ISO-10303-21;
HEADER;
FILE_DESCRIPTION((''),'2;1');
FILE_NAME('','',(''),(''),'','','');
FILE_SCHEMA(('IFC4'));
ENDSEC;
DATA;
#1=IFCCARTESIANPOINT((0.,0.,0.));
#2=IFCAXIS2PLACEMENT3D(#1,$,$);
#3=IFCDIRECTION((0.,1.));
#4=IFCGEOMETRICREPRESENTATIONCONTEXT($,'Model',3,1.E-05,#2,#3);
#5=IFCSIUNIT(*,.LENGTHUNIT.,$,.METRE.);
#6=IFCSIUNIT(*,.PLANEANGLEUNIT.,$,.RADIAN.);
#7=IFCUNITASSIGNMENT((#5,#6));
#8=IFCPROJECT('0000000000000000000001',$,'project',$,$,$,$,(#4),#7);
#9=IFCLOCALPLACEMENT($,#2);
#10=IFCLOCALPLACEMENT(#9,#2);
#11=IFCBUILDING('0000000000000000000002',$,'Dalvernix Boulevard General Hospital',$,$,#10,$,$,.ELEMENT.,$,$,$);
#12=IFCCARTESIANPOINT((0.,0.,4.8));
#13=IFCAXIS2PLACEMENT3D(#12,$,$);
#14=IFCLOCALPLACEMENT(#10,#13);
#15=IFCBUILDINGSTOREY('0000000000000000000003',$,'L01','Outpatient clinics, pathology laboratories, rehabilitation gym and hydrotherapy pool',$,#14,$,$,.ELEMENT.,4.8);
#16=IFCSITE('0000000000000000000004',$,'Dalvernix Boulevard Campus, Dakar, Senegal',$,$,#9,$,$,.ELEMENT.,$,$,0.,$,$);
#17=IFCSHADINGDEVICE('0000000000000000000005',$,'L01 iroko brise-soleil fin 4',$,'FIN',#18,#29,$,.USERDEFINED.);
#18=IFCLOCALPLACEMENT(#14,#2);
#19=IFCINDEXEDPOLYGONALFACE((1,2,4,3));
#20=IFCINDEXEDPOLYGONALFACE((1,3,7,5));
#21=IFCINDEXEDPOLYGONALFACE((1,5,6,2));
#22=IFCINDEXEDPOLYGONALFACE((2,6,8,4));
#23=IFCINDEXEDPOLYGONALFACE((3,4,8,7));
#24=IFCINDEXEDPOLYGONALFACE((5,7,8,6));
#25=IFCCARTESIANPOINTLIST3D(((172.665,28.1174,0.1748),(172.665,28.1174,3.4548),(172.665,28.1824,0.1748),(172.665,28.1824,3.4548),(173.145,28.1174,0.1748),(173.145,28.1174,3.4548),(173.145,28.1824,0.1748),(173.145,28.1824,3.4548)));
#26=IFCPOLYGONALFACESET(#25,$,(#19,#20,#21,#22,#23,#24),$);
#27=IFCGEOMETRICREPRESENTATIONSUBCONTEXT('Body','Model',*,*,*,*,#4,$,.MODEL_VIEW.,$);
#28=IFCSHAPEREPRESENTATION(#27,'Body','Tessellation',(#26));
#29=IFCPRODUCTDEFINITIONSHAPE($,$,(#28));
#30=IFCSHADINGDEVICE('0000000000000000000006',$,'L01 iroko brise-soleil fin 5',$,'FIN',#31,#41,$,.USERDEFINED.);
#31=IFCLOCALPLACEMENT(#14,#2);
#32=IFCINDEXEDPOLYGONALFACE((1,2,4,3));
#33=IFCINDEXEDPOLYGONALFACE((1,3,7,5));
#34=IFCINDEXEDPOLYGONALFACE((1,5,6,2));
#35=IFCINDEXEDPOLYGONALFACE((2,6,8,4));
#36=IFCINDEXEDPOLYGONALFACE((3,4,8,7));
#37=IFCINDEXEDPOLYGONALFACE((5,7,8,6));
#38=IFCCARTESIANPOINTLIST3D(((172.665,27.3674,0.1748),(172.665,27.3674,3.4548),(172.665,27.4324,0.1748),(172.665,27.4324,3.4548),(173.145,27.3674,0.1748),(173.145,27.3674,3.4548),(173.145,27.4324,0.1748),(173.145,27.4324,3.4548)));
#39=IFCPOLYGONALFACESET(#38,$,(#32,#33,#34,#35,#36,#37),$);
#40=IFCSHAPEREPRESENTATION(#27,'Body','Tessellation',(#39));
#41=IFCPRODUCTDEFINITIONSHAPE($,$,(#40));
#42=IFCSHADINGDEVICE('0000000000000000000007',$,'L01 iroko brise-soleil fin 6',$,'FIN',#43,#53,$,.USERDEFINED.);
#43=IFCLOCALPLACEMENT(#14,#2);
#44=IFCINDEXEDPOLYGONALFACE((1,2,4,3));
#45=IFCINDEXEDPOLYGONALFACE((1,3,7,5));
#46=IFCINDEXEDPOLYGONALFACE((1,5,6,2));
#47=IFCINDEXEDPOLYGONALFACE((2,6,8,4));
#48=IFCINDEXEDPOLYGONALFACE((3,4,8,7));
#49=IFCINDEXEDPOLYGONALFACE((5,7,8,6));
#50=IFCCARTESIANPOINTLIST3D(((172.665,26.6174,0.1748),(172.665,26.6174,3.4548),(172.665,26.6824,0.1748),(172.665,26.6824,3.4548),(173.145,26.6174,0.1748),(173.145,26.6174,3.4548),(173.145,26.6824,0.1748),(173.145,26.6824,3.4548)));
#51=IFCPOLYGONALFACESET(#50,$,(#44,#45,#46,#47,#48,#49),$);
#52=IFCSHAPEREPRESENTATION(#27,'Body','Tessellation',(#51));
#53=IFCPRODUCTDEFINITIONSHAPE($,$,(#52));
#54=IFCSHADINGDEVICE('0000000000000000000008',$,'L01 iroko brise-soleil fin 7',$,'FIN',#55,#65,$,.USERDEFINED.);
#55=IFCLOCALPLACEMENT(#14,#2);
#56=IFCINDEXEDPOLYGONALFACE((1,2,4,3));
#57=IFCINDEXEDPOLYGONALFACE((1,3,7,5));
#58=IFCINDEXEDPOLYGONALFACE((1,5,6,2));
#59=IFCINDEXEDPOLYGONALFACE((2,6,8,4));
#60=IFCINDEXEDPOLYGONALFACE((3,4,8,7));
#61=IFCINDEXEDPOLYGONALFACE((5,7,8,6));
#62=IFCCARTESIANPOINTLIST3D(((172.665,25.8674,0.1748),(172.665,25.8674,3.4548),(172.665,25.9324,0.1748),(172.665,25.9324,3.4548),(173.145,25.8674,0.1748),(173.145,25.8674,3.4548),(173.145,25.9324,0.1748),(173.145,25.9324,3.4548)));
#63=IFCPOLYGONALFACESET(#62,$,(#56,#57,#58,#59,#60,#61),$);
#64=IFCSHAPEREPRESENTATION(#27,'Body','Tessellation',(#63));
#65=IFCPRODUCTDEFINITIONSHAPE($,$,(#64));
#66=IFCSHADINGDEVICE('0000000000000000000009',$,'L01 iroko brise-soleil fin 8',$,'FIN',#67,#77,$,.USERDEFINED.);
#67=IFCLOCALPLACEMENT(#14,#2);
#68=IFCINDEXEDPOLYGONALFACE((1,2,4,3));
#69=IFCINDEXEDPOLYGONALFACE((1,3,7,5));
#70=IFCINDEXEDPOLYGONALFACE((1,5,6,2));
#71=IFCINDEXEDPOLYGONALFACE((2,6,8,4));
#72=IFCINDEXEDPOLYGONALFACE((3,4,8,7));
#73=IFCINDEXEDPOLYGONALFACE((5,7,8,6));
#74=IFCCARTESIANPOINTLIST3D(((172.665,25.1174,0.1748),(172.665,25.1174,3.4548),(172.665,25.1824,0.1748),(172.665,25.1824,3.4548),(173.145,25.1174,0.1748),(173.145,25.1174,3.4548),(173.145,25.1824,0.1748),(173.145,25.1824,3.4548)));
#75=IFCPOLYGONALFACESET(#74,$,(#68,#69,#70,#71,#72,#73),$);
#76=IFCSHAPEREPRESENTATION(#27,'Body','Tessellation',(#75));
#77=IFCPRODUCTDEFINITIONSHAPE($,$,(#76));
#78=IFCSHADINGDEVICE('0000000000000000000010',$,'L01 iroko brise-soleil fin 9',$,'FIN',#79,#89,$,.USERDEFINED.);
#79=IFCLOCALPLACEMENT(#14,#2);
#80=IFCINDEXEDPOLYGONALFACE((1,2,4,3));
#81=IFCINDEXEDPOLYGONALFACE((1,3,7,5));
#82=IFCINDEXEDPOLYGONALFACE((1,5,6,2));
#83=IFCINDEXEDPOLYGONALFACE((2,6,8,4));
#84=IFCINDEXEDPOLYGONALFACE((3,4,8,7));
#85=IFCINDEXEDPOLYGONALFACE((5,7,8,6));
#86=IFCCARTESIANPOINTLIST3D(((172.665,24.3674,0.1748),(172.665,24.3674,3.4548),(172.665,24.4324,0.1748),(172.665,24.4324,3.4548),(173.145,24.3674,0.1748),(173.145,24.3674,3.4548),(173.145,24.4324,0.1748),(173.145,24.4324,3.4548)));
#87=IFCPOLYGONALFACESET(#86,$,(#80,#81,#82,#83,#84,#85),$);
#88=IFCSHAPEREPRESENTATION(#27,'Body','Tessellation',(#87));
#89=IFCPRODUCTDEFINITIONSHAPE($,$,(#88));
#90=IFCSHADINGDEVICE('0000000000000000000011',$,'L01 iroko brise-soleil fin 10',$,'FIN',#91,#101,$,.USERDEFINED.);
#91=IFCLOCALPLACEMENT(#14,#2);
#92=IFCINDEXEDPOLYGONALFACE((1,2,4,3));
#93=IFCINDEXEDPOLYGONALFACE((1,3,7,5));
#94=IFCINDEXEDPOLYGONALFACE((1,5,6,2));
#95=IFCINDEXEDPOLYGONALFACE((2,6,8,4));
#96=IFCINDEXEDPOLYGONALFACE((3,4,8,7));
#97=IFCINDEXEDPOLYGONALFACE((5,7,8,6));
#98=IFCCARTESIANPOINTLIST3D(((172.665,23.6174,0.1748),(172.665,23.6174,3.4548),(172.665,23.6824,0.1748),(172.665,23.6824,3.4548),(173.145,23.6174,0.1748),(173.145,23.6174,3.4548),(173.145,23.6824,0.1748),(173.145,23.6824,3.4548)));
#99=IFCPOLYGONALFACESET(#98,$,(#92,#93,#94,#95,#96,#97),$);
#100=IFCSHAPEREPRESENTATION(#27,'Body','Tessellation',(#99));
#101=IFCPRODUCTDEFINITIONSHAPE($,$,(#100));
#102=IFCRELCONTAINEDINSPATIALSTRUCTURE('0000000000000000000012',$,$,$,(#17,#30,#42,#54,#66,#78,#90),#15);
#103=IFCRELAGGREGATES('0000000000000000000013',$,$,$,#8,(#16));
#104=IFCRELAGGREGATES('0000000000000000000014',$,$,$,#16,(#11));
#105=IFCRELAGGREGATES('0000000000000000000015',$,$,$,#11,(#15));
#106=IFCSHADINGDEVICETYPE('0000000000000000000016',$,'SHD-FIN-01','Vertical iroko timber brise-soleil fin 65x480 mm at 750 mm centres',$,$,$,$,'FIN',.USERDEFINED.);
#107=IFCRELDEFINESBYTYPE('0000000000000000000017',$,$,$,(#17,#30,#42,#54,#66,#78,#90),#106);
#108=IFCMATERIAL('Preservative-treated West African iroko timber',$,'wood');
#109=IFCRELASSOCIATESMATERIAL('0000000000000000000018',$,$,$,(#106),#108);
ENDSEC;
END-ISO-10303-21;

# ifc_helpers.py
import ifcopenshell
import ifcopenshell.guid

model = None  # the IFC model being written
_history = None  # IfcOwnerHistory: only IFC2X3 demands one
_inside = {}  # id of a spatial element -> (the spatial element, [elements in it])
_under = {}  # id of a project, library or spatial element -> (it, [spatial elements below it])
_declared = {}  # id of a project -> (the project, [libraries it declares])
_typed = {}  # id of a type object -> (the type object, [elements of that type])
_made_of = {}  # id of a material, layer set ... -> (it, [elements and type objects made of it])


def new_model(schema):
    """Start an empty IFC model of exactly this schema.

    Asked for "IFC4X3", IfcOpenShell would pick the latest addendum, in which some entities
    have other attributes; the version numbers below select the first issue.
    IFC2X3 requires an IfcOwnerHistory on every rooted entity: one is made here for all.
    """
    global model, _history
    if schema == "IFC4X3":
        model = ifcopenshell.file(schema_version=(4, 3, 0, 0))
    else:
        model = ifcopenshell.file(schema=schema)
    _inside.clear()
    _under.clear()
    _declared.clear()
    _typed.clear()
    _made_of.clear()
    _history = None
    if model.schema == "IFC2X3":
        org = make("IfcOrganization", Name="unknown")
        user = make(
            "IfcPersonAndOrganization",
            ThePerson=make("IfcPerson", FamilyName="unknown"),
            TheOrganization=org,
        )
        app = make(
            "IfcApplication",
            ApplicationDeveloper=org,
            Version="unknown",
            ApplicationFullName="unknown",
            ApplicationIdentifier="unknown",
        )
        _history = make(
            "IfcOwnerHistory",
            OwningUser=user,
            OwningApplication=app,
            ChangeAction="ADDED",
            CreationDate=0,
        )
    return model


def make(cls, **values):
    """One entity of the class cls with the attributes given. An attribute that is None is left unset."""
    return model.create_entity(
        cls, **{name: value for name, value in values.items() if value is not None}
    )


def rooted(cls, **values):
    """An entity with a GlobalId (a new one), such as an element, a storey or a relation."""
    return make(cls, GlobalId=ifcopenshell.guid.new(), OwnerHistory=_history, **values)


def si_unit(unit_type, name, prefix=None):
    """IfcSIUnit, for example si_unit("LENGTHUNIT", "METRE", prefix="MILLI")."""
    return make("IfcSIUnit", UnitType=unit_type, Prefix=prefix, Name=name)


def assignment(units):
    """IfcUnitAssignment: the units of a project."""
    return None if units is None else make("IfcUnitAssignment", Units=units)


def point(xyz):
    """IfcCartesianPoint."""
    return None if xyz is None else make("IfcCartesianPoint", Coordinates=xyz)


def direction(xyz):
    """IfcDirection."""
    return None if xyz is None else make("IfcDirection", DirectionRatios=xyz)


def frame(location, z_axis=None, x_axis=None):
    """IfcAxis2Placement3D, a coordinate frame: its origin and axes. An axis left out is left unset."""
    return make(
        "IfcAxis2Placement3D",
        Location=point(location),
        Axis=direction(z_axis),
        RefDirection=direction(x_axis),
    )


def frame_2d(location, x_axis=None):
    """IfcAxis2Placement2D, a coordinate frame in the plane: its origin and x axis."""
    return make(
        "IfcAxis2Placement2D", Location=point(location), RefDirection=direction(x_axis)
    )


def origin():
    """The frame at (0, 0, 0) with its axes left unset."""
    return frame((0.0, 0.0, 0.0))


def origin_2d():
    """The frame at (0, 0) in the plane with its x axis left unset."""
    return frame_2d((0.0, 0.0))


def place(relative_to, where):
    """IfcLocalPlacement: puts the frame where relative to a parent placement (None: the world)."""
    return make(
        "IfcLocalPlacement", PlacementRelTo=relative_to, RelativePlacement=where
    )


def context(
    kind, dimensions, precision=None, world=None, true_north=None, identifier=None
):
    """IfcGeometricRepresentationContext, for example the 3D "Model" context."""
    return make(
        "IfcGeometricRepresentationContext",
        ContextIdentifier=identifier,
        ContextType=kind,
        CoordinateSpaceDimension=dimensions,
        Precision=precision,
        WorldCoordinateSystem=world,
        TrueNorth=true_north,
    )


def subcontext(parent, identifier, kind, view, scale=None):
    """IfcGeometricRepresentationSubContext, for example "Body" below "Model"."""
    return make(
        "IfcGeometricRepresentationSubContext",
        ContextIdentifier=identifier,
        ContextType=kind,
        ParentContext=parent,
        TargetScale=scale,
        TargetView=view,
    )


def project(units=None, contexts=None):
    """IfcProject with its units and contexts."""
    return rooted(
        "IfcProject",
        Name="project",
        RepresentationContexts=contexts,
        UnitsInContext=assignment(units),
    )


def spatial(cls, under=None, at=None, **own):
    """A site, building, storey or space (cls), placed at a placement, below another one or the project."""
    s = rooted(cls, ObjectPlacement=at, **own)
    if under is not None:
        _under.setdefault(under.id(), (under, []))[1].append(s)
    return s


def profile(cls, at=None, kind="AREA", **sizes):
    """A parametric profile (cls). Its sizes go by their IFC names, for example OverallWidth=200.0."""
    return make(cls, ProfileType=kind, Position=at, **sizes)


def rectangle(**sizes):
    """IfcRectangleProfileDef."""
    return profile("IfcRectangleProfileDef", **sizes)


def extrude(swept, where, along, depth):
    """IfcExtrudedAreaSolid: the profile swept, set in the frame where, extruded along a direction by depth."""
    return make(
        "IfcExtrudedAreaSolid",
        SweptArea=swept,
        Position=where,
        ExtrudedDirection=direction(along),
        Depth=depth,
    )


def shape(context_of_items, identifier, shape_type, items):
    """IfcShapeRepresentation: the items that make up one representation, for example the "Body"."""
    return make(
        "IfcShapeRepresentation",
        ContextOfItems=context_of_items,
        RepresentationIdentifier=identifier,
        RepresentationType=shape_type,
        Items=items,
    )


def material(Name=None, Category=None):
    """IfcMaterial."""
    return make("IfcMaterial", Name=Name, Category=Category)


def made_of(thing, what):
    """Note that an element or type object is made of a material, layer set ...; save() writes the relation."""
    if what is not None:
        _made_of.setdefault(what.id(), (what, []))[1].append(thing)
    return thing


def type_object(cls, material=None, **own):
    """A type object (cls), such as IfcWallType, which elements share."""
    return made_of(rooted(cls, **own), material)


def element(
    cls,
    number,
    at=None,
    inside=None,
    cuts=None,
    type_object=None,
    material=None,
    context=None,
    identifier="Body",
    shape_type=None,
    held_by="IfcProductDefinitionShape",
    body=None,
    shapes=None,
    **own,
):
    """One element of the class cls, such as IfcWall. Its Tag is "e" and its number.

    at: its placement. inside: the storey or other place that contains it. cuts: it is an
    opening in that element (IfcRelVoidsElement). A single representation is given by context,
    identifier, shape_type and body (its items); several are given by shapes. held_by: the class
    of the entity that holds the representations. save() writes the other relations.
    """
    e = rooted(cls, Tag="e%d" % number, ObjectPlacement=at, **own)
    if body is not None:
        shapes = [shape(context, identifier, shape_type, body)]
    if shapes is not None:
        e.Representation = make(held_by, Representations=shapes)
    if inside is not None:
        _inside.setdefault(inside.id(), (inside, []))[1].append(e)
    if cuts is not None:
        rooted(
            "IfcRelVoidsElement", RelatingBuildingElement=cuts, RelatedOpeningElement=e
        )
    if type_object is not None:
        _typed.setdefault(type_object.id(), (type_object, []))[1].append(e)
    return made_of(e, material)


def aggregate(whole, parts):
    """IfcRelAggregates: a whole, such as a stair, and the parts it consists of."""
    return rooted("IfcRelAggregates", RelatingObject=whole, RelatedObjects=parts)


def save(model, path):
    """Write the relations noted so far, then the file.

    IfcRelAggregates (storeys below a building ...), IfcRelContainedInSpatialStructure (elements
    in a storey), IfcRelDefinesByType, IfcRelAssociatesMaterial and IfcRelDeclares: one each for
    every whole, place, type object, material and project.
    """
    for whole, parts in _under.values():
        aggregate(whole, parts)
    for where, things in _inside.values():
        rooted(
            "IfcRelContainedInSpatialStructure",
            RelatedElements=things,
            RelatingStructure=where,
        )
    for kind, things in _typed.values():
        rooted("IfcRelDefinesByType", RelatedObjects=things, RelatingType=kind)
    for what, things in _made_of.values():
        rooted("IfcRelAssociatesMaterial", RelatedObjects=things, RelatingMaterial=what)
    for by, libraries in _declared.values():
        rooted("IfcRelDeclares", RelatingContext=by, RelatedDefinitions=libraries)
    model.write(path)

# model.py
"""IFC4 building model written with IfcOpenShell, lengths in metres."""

from ifc_helpers import new_model, si_unit, direction, frame, origin, origin_2d, place, context, subcontext, project, spatial, rectangle, extrude, material, type_object, element, save


model = new_model("IFC4")

# Units and contexts
model_context = context("Model", 3, precision=1e-05, world=origin(), true_north=direction((0.0, 1.0)))
body_context = subcontext(model_context, "Body", "Model", "MODEL_VIEW")
ifc_project = project(units=[si_unit("LENGTHUNIT", "METRE"), si_unit("PLANEANGLEUNIT", "RADIAN")], contexts=[model_context])

# Site, building, storey
site_placement = place(None, origin())
site = spatial("IfcSite", under=ifc_project, at=site_placement, Name="Dalvernix Boulevard Campus, Dakar, Senegal", CompositionType="ELEMENT", RefElevation=0.0)
building_placement = place(site_placement, origin())
building = spatial("IfcBuilding", under=site, at=building_placement, Name="Dalvernix Boulevard General Hospital", CompositionType="ELEMENT")
storey_placement = place(building_placement, frame((0.0, 0.0, 4.8)))
storey = spatial("IfcBuildingStorey", under=building, at=storey_placement, Name="L01", Description="Outpatient clinics, pathology laboratories, rehabilitation gym and hydrotherapy pool", CompositionType="ELEMENT", Elevation=4.8)

# Shading devices
ifc_material_1 = material(Name="Preservative-treated West African iroko timber", Category="wood")
shading_device_type = type_object("IfcShadingDeviceType", Name="SHD-FIN-01", Description="Vertical iroko timber brise-soleil fin 65x480 mm at 750 mm centres", ElementType="FIN", PredefinedType="USERDEFINED", material=ifc_material_1)
for number, where, z_axis, x_axis, name in (
    (1, (172.905, 28.1499, 0.1748), (0.0, 0.0, 1.0), (0.0, -1.0, 0.0), "L01 iroko brise-soleil fin 4"),
    (2, (172.905, 27.3999, 0.1748), (0.0, 0.0, 1.0), (0.0, -1.0, 0.0), "L01 iroko brise-soleil fin 5"),
    (3, (172.905, 26.6499, 0.1748), (0.0, 0.0, 1.0), (0.0, -1.0, 0.0), "L01 iroko brise-soleil fin 6"),
    (4, (172.905, 25.8999, 0.1748), (0.0, 0.0, 1.0), (0.0, -1.0, 0.0), "L01 iroko brise-soleil fin 7"),
    (5, (172.905, 25.1499, 0.1748), (0.0, 0.0, 1.0), (0.0, -1.0, 0.0), "L01 iroko brise-soleil fin 8"),
    (6, (172.905, 24.3999, 0.1748), (0.0, 0.0, 1.0), (0.0, -1.0, 0.0), "L01 iroko brise-soleil fin 9"),
    (7, (172.905, 23.6499, 0.1748), (0.0, 0.0, 1.0), (0.0, -1.0, 0.0), "L01 iroko brise-soleil fin 10"),
):
    element("IfcShadingDevice", number, at=place(storey_placement, frame(where, z_axis=z_axis, x_axis=x_axis)), inside=storey, type_object=shading_device_type, Name=name, ObjectType="FIN", PredefinedType="USERDEFINED", context=body_context, shape_type="SweptSolid", body=[
        extrude(rectangle(XDim=0.0649, YDim=0.48, at=origin_2d()), origin(), (0.0, 0.0, 1.0), 3.28),
    ])

save(model, "model.ifc")
